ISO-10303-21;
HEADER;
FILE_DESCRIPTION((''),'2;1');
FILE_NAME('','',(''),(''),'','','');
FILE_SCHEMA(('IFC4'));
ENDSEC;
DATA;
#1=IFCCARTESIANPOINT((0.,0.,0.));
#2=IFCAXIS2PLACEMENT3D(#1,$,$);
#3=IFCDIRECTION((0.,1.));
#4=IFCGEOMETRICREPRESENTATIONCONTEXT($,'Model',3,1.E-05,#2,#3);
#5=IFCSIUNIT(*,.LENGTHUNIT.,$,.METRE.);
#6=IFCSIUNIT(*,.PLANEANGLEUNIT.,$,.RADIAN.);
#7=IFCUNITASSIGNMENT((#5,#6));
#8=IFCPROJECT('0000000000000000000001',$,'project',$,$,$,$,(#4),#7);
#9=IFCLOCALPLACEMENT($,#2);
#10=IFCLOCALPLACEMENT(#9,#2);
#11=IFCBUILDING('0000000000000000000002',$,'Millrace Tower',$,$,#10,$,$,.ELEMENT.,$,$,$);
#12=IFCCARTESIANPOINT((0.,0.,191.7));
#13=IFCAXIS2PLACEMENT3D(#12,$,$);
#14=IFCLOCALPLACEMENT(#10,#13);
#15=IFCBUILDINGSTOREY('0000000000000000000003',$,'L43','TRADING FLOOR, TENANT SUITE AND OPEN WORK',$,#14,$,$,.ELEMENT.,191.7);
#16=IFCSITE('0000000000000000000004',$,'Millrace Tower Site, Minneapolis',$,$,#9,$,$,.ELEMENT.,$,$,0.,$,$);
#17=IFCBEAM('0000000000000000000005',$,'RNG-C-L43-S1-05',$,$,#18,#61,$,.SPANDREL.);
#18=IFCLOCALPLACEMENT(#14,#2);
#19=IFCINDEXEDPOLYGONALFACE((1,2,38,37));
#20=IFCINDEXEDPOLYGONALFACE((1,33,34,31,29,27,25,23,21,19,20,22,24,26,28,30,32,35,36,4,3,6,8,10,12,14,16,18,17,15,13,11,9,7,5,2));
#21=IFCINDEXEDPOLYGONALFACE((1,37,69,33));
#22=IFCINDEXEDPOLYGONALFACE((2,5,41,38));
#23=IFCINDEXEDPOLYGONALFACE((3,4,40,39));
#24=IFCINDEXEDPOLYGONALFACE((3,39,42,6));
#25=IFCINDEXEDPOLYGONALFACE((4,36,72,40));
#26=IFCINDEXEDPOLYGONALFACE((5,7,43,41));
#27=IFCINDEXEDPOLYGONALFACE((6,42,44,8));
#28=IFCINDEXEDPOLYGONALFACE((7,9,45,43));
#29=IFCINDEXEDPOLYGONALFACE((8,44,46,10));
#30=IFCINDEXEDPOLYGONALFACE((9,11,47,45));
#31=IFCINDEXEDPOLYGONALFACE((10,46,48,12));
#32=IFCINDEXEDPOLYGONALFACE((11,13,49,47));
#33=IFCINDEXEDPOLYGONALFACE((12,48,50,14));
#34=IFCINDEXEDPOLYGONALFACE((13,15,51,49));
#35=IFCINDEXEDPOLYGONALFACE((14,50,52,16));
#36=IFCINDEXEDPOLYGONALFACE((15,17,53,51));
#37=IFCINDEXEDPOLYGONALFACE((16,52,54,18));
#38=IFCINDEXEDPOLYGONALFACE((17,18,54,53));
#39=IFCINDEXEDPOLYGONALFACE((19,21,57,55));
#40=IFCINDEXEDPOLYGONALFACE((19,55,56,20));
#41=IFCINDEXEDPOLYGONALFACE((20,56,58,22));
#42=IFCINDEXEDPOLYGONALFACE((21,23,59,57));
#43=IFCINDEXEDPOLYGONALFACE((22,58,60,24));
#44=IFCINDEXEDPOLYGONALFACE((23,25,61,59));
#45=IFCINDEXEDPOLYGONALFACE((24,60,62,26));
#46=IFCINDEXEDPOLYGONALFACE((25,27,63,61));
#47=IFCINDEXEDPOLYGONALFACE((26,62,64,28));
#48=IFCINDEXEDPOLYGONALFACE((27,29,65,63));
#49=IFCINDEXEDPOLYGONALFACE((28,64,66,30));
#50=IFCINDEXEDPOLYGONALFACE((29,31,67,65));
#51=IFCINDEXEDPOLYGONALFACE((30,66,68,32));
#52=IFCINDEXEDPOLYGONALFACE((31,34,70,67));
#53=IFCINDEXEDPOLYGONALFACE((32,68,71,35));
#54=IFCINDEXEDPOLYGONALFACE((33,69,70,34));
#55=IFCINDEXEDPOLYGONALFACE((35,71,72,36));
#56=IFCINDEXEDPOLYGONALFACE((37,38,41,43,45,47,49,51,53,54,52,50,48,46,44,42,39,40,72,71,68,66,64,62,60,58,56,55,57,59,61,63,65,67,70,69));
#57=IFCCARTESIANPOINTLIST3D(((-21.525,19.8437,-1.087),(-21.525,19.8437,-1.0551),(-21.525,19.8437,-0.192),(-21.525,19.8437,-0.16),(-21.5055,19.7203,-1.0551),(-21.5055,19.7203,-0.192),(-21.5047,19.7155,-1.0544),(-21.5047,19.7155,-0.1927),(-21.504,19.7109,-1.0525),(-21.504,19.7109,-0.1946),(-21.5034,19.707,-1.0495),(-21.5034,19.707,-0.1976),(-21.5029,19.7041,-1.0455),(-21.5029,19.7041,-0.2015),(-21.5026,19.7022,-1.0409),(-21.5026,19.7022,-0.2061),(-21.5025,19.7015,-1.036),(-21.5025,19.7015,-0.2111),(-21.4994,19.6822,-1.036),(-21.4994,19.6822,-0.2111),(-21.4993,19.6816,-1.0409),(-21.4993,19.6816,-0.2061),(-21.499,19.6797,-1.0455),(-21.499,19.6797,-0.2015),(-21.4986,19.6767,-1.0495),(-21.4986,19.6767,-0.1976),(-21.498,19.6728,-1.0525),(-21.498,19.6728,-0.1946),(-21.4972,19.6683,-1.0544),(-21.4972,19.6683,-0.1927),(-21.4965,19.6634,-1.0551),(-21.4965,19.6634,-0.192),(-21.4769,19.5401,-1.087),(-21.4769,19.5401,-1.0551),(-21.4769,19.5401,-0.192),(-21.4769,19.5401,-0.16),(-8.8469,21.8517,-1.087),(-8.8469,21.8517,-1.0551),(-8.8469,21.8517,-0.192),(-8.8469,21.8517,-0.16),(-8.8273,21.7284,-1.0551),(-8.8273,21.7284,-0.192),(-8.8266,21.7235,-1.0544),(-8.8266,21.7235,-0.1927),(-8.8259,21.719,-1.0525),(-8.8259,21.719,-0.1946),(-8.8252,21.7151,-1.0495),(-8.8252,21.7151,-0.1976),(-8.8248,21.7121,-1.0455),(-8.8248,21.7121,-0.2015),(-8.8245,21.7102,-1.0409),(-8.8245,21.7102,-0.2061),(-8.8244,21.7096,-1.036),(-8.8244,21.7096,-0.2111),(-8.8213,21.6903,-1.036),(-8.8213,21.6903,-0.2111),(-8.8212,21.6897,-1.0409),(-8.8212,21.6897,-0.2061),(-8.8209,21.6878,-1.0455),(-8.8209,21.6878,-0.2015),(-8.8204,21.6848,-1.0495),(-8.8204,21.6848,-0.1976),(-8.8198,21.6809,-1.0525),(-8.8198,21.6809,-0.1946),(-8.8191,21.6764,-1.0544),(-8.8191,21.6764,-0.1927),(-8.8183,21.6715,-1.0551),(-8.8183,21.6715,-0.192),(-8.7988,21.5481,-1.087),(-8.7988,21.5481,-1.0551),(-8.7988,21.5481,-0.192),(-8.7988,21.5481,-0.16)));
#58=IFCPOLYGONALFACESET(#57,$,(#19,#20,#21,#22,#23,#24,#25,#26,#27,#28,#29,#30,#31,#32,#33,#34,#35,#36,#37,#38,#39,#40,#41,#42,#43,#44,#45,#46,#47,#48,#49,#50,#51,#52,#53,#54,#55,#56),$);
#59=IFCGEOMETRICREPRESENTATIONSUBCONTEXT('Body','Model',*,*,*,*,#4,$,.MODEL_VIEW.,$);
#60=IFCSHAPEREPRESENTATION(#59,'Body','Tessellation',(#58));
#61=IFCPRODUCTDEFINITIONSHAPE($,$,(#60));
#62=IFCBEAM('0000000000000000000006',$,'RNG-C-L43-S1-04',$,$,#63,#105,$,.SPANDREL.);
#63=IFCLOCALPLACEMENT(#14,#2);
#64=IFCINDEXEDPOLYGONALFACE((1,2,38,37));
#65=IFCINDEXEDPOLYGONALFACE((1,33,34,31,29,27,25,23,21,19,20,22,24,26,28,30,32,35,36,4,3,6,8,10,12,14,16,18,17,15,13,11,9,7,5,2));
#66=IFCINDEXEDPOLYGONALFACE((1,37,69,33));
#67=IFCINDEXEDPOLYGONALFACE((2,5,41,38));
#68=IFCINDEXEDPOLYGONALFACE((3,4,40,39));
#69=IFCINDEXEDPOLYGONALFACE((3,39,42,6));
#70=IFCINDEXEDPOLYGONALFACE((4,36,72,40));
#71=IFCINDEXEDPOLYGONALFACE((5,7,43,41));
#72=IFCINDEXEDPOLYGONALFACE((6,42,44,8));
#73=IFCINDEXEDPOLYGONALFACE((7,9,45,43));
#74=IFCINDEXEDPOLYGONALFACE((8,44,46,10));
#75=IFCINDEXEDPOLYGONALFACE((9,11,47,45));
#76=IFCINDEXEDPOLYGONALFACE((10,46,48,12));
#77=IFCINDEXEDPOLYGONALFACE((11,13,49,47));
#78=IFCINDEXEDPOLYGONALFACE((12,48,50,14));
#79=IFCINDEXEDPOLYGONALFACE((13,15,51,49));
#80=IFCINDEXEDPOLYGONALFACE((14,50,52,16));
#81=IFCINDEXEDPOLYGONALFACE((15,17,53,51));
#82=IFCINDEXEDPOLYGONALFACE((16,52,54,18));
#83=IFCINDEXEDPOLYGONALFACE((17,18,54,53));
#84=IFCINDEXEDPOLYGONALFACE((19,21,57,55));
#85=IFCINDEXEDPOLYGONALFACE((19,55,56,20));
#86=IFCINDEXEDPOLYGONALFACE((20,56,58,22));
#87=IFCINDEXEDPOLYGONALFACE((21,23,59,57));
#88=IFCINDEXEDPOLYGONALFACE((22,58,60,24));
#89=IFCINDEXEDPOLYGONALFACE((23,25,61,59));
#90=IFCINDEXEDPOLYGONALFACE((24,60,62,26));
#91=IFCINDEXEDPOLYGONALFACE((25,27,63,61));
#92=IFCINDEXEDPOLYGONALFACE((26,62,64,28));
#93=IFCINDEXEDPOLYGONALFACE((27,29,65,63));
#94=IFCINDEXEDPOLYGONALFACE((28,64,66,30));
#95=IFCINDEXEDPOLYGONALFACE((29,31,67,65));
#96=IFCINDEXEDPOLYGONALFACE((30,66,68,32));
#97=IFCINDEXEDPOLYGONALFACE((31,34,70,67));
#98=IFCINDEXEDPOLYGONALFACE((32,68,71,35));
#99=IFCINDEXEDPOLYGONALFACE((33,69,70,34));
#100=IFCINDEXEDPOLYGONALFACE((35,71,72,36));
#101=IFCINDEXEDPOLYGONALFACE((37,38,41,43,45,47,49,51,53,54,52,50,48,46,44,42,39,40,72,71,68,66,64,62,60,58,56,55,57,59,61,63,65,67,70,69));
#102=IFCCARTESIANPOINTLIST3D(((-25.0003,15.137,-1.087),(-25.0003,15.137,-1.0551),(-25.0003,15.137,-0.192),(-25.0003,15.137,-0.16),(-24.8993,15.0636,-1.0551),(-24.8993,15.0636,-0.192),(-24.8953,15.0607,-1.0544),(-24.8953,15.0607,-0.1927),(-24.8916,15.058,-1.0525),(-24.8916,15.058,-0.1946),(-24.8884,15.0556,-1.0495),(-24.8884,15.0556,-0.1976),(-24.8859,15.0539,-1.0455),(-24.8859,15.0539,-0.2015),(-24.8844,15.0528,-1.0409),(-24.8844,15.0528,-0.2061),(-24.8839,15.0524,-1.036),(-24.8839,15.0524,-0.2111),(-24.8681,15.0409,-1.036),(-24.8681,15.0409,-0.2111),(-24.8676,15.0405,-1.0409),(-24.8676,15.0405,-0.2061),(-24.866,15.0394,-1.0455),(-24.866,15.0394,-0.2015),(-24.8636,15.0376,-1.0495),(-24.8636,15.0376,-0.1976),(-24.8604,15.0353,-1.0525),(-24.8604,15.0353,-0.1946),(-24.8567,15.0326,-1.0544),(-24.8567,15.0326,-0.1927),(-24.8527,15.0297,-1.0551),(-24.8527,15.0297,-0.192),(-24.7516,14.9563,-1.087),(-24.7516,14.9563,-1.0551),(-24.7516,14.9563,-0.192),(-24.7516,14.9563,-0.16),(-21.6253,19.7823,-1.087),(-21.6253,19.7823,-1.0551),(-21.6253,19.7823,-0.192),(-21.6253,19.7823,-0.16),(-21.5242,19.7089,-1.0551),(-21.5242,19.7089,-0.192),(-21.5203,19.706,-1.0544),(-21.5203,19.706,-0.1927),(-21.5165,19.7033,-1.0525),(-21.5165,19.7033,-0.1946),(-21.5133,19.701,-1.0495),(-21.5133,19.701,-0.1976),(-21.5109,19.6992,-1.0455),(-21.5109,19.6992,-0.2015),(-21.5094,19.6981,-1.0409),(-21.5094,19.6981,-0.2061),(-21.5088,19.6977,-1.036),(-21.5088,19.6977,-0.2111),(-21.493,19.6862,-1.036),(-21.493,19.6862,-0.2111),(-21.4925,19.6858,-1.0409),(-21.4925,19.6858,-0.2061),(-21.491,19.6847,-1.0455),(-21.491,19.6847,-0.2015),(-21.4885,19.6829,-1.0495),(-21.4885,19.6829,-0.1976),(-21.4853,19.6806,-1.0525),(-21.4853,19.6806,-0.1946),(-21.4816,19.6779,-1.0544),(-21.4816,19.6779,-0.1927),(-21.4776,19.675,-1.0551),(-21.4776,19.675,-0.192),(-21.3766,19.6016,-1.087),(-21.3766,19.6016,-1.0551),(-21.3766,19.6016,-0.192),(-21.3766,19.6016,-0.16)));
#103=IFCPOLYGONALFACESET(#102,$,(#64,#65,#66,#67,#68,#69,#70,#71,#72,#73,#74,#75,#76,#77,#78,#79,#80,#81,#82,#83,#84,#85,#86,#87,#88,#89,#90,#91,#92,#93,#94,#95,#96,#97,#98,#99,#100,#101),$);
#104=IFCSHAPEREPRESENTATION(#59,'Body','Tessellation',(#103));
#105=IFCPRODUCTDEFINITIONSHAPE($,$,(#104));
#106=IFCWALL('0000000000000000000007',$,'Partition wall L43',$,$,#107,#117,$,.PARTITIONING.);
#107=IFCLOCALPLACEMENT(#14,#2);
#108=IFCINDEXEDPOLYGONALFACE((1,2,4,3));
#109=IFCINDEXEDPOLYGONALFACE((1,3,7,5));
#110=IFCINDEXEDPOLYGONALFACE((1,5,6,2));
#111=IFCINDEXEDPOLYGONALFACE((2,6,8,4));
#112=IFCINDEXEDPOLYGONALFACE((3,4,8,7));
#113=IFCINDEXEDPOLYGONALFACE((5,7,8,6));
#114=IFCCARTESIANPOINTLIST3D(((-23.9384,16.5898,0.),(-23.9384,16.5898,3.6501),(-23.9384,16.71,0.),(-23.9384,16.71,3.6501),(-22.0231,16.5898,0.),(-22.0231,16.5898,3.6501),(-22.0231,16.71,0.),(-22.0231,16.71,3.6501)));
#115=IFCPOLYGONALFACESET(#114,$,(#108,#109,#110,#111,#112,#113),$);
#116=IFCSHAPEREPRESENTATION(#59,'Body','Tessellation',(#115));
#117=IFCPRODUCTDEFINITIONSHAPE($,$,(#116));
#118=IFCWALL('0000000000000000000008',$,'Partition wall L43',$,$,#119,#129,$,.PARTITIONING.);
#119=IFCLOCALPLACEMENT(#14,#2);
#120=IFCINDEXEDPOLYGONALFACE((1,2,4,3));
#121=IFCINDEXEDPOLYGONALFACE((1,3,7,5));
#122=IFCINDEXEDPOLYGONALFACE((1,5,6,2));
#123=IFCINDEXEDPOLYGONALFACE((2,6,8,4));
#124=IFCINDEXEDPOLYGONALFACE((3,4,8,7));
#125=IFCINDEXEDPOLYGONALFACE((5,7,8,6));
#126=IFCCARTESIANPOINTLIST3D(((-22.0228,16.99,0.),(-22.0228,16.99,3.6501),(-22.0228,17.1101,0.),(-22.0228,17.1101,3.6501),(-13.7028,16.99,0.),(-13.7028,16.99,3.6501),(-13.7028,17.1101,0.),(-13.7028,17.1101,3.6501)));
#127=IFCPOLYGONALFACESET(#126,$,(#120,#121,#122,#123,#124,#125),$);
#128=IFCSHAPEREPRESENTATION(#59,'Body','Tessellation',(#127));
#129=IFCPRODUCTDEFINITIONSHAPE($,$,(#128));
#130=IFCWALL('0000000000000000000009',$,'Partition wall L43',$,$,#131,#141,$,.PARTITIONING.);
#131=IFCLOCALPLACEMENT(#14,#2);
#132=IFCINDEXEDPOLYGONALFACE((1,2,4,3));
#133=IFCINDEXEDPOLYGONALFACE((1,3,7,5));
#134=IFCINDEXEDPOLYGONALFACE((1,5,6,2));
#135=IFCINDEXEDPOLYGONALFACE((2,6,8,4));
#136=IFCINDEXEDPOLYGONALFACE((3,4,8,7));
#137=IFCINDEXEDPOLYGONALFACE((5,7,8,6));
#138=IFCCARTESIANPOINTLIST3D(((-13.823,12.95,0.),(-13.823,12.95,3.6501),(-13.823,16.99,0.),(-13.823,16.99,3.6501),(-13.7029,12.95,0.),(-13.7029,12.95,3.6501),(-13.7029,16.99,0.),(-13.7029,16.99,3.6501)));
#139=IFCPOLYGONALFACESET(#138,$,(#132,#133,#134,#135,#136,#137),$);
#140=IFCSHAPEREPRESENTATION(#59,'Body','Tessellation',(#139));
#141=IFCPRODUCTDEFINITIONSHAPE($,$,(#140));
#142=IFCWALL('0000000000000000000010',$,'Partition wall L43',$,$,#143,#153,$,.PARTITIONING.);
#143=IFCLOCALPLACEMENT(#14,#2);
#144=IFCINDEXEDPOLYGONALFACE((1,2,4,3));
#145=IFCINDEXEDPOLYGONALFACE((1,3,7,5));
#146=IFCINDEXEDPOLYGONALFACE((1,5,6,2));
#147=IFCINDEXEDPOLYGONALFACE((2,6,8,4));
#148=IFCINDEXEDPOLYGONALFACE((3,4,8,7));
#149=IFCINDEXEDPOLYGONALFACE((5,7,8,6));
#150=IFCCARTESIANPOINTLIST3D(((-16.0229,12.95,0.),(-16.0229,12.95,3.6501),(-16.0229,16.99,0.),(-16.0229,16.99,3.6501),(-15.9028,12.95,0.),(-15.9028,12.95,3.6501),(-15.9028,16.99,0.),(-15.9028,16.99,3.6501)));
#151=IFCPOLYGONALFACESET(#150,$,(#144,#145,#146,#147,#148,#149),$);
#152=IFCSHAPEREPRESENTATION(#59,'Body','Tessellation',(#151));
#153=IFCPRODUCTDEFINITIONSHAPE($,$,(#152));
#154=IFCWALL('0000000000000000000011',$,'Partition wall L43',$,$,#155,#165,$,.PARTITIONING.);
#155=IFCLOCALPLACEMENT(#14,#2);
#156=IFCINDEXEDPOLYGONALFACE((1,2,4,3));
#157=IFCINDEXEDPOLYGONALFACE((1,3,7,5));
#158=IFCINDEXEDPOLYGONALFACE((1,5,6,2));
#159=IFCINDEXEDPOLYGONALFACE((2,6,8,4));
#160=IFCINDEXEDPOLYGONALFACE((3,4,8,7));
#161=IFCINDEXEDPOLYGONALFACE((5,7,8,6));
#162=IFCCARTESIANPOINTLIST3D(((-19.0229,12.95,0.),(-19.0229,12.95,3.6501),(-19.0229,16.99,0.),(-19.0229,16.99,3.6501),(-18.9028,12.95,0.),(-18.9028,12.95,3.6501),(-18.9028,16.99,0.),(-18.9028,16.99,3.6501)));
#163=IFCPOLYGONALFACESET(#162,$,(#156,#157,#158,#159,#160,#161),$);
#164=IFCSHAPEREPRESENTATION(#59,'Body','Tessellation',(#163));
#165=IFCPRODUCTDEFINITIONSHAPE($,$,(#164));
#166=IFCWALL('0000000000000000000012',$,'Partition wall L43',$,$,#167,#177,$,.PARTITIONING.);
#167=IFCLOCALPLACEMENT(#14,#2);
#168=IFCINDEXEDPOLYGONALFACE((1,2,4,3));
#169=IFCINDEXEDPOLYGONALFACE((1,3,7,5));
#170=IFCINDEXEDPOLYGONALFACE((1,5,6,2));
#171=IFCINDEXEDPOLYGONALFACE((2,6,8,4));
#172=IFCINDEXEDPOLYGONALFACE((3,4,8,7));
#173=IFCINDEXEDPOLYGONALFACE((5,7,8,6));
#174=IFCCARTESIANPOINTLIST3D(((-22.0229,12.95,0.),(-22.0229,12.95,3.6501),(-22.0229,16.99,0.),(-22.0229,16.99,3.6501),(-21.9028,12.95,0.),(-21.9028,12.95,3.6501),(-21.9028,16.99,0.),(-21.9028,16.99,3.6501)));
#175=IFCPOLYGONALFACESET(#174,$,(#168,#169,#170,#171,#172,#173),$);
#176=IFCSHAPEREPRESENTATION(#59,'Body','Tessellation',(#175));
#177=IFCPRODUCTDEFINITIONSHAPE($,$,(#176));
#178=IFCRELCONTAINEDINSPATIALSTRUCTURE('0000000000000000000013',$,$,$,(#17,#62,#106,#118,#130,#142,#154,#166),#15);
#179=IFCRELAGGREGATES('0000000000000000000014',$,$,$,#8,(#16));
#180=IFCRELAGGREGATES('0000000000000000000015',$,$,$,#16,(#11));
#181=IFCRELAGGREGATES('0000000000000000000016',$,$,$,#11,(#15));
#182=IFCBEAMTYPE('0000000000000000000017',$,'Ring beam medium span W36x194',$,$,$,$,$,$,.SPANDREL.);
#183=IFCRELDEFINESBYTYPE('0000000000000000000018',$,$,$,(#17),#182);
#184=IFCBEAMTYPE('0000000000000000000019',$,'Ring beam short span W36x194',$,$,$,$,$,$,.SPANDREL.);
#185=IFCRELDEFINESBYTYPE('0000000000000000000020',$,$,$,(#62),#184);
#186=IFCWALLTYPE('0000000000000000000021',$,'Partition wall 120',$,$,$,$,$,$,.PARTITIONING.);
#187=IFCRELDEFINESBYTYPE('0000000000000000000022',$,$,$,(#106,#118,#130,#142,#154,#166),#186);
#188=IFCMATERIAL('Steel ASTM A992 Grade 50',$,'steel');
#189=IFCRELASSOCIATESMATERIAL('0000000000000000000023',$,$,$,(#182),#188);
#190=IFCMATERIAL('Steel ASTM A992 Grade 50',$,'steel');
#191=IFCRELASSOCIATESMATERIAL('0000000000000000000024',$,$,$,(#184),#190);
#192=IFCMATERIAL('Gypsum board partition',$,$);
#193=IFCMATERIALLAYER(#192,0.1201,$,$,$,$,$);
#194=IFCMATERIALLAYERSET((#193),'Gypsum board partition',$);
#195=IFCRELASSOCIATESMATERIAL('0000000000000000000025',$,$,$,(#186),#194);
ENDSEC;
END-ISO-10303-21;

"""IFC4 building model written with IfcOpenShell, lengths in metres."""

from ifc_helpers import new_model, si_unit, direction, frame, frame_2d, origin, origin_2d, place, context, subcontext, project, spatial, rectangle, i_section, extrude, material, layer, layer_set, material_profile, profile_set, type_object, element, save


model = new_model("IFC4")

# Units and contexts
model_context = context("Model", 3, precision=1e-05, world=origin(), true_north=direction((0.0, 1.0)))
body_context = subcontext(model_context, "Body", "Model", "MODEL_VIEW")
ifc_project = project(units=[si_unit("LENGTHUNIT", "METRE"), si_unit("PLANEANGLEUNIT", "RADIAN")], contexts=[model_context])

# Site, building, storey
site_placement = place(None, origin())
site = spatial("IfcSite", under=ifc_project, at=site_placement, Name="Millrace Tower Site, Minneapolis", CompositionType="ELEMENT", RefElevation=0.0)
building_placement = place(site_placement, origin())
building = spatial("IfcBuilding", under=site, at=building_placement, Name="Millrace Tower", CompositionType="ELEMENT")
storey_placement = place(building_placement, frame((0.0, 0.0, 191.7)))
storey = spatial("IfcBuildingStorey", under=building, at=storey_placement, Name="L43", Description="TRADING FLOOR, TENANT SUITE AND OPEN WORK", CompositionType="ELEMENT", Elevation=191.7)

# Beams
ifc_material_1 = material(Name="Steel ASTM A992 Grade 50", Category="steel")
ifc_material_profile_1 = material_profile(ifc_material_1, i_section(OverallWidth=0.3074, OverallDepth=0.927, WebThickness=0.0195, FlangeThickness=0.032, FilletRadius=0.019, at=origin_2d()))
ifc_profile_set_1 = profile_set([ifc_material_profile_1], Name="Steel ASTM A992 Grade 50")
beam_type_1 = type_object("IfcBeamType", Name="Ring beam medium span W36x194", PredefinedType="SPANDREL", material=ifc_profile_set_1)
beam_1_placement = place(storey_placement, frame((-21.501, 19.6919, -0.6235), z_axis=(0.987688, 0.156436, 0.0), x_axis=(-0.156436, 0.987688, 0.0)))
element("IfcBeam", 1, at=beam_1_placement, inside=storey, type_object=beam_type_1, Name="RNG-C-L43-S1-05", PredefinedType="SPANDREL", context=body_context, shape_type="SweptSolid", body=[
    extrude(i_section(OverallWidth=0.3074, OverallDepth=0.927, WebThickness=0.0195, FlangeThickness=0.032, FilletRadius=0.019, at=origin_2d()), origin(), (0.0, 0.0, 1.0), 12.8362),
])
ifc_material_2 = material(Name="Steel ASTM A992 Grade 50", Category="steel")
ifc_material_profile_2 = material_profile(ifc_material_2, i_section(OverallWidth=0.3074, OverallDepth=0.927, WebThickness=0.0195, FlangeThickness=0.032, FilletRadius=0.019, at=origin_2d()))
ifc_profile_set_2 = profile_set([ifc_material_profile_2], Name="Steel ASTM A992 Grade 50")
beam_type_2 = type_object("IfcBeamType", Name="Ring beam short span W36x194", PredefinedType="SPANDREL", material=ifc_profile_set_2)
beam_2_placement = place(storey_placement, frame((-24.876, 15.0466, -0.6235), z_axis=(0.587787, 0.809015, 0.0), x_axis=(-0.809015, 0.587787, 0.0)))
element("IfcBeam", 2, at=beam_2_placement, inside=storey, type_object=beam_type_2, Name="RNG-C-L43-S1-04", PredefinedType="SPANDREL", context=body_context, shape_type="SweptSolid", body=[
    extrude(i_section(OverallWidth=0.3074, OverallDepth=0.927, WebThickness=0.0195, FlangeThickness=0.032, FilletRadius=0.019, at=origin_2d()), origin(), (0.0, 0.0, 1.0), 5.7419),
])

# Walls
ifc_material_3 = material(Name="Gypsum board partition")
ifc_layer_1 = layer(ifc_material_3, 0.1201)
ifc_layer_set_1 = layer_set([ifc_layer_1], Name="Gypsum board partition")
wall_type = type_object("IfcWallType", Name="Partition wall 120", PredefinedType="PARTITIONING", material=ifc_layer_set_1)
wall_1_placement = place(storey_placement, frame((-23.9382, 16.6499, 0.0), z_axis=(0.0, 0.0, 1.0), x_axis=(1.0, 0.0, 0.0)))
element("IfcWall", 3, at=wall_1_placement, inside=storey, type_object=wall_type, Name="Partition wall L43", PredefinedType="PARTITIONING", context=body_context, shape_type="SweptSolid", body=[
    extrude(rectangle(XDim=1.9153, YDim=0.1201, at=frame_2d((0.9575, 0.0))), origin(), (0.0, 0.0, 1.0), 3.6501),
])
wall_2_placement = place(storey_placement, frame((-22.0229, 17.05, 0.0), z_axis=(0.0, 0.0, 1.0), x_axis=(1.0, 0.0, 0.0)))
element("IfcWall", 4, at=wall_2_placement, inside=storey, type_object=wall_type, Name="Partition wall L43", PredefinedType="PARTITIONING", context=body_context, shape_type="SweptSolid", body=[
    extrude(rectangle(XDim=8.3201, YDim=0.1201, at=frame_2d((4.1602, 0.0))), origin(), (0.0, 0.0, 1.0), 3.6501),
])
for number, where, z_axis, x_axis, name in (
    (5, (-13.7629, 12.95, 0.0), (0.0, 0.0, 1.0), (0.0, 1.0, 0.0), "Partition wall L43"),
    (6, (-15.9629, 12.95, 0.0), (0.0, 0.0, 1.0), (0.0, 1.0, 0.0), "Partition wall L43"),
    (7, (-18.9629, 12.95, 0.0), (0.0, 0.0, 1.0), (0.0, 1.0, 0.0), "Partition wall L43"),
    (8, (-21.9629, 12.95, 0.0), (0.0, 0.0, 1.0), (0.0, 1.0, 0.0), "Partition wall L43"),
):
    element("IfcWall", number, at=place(storey_placement, frame(where, z_axis=z_axis, x_axis=x_axis)), inside=storey, type_object=wall_type, Name=name, PredefinedType="PARTITIONING", context=body_context, shape_type="SweptSolid", body=[
        extrude(rectangle(XDim=4.04, YDim=0.1201, at=frame_2d((2.02, 0.0))), origin(), (0.0, 0.0, 1.0), 3.6501),
    ])

save(model, "model.ifc")
